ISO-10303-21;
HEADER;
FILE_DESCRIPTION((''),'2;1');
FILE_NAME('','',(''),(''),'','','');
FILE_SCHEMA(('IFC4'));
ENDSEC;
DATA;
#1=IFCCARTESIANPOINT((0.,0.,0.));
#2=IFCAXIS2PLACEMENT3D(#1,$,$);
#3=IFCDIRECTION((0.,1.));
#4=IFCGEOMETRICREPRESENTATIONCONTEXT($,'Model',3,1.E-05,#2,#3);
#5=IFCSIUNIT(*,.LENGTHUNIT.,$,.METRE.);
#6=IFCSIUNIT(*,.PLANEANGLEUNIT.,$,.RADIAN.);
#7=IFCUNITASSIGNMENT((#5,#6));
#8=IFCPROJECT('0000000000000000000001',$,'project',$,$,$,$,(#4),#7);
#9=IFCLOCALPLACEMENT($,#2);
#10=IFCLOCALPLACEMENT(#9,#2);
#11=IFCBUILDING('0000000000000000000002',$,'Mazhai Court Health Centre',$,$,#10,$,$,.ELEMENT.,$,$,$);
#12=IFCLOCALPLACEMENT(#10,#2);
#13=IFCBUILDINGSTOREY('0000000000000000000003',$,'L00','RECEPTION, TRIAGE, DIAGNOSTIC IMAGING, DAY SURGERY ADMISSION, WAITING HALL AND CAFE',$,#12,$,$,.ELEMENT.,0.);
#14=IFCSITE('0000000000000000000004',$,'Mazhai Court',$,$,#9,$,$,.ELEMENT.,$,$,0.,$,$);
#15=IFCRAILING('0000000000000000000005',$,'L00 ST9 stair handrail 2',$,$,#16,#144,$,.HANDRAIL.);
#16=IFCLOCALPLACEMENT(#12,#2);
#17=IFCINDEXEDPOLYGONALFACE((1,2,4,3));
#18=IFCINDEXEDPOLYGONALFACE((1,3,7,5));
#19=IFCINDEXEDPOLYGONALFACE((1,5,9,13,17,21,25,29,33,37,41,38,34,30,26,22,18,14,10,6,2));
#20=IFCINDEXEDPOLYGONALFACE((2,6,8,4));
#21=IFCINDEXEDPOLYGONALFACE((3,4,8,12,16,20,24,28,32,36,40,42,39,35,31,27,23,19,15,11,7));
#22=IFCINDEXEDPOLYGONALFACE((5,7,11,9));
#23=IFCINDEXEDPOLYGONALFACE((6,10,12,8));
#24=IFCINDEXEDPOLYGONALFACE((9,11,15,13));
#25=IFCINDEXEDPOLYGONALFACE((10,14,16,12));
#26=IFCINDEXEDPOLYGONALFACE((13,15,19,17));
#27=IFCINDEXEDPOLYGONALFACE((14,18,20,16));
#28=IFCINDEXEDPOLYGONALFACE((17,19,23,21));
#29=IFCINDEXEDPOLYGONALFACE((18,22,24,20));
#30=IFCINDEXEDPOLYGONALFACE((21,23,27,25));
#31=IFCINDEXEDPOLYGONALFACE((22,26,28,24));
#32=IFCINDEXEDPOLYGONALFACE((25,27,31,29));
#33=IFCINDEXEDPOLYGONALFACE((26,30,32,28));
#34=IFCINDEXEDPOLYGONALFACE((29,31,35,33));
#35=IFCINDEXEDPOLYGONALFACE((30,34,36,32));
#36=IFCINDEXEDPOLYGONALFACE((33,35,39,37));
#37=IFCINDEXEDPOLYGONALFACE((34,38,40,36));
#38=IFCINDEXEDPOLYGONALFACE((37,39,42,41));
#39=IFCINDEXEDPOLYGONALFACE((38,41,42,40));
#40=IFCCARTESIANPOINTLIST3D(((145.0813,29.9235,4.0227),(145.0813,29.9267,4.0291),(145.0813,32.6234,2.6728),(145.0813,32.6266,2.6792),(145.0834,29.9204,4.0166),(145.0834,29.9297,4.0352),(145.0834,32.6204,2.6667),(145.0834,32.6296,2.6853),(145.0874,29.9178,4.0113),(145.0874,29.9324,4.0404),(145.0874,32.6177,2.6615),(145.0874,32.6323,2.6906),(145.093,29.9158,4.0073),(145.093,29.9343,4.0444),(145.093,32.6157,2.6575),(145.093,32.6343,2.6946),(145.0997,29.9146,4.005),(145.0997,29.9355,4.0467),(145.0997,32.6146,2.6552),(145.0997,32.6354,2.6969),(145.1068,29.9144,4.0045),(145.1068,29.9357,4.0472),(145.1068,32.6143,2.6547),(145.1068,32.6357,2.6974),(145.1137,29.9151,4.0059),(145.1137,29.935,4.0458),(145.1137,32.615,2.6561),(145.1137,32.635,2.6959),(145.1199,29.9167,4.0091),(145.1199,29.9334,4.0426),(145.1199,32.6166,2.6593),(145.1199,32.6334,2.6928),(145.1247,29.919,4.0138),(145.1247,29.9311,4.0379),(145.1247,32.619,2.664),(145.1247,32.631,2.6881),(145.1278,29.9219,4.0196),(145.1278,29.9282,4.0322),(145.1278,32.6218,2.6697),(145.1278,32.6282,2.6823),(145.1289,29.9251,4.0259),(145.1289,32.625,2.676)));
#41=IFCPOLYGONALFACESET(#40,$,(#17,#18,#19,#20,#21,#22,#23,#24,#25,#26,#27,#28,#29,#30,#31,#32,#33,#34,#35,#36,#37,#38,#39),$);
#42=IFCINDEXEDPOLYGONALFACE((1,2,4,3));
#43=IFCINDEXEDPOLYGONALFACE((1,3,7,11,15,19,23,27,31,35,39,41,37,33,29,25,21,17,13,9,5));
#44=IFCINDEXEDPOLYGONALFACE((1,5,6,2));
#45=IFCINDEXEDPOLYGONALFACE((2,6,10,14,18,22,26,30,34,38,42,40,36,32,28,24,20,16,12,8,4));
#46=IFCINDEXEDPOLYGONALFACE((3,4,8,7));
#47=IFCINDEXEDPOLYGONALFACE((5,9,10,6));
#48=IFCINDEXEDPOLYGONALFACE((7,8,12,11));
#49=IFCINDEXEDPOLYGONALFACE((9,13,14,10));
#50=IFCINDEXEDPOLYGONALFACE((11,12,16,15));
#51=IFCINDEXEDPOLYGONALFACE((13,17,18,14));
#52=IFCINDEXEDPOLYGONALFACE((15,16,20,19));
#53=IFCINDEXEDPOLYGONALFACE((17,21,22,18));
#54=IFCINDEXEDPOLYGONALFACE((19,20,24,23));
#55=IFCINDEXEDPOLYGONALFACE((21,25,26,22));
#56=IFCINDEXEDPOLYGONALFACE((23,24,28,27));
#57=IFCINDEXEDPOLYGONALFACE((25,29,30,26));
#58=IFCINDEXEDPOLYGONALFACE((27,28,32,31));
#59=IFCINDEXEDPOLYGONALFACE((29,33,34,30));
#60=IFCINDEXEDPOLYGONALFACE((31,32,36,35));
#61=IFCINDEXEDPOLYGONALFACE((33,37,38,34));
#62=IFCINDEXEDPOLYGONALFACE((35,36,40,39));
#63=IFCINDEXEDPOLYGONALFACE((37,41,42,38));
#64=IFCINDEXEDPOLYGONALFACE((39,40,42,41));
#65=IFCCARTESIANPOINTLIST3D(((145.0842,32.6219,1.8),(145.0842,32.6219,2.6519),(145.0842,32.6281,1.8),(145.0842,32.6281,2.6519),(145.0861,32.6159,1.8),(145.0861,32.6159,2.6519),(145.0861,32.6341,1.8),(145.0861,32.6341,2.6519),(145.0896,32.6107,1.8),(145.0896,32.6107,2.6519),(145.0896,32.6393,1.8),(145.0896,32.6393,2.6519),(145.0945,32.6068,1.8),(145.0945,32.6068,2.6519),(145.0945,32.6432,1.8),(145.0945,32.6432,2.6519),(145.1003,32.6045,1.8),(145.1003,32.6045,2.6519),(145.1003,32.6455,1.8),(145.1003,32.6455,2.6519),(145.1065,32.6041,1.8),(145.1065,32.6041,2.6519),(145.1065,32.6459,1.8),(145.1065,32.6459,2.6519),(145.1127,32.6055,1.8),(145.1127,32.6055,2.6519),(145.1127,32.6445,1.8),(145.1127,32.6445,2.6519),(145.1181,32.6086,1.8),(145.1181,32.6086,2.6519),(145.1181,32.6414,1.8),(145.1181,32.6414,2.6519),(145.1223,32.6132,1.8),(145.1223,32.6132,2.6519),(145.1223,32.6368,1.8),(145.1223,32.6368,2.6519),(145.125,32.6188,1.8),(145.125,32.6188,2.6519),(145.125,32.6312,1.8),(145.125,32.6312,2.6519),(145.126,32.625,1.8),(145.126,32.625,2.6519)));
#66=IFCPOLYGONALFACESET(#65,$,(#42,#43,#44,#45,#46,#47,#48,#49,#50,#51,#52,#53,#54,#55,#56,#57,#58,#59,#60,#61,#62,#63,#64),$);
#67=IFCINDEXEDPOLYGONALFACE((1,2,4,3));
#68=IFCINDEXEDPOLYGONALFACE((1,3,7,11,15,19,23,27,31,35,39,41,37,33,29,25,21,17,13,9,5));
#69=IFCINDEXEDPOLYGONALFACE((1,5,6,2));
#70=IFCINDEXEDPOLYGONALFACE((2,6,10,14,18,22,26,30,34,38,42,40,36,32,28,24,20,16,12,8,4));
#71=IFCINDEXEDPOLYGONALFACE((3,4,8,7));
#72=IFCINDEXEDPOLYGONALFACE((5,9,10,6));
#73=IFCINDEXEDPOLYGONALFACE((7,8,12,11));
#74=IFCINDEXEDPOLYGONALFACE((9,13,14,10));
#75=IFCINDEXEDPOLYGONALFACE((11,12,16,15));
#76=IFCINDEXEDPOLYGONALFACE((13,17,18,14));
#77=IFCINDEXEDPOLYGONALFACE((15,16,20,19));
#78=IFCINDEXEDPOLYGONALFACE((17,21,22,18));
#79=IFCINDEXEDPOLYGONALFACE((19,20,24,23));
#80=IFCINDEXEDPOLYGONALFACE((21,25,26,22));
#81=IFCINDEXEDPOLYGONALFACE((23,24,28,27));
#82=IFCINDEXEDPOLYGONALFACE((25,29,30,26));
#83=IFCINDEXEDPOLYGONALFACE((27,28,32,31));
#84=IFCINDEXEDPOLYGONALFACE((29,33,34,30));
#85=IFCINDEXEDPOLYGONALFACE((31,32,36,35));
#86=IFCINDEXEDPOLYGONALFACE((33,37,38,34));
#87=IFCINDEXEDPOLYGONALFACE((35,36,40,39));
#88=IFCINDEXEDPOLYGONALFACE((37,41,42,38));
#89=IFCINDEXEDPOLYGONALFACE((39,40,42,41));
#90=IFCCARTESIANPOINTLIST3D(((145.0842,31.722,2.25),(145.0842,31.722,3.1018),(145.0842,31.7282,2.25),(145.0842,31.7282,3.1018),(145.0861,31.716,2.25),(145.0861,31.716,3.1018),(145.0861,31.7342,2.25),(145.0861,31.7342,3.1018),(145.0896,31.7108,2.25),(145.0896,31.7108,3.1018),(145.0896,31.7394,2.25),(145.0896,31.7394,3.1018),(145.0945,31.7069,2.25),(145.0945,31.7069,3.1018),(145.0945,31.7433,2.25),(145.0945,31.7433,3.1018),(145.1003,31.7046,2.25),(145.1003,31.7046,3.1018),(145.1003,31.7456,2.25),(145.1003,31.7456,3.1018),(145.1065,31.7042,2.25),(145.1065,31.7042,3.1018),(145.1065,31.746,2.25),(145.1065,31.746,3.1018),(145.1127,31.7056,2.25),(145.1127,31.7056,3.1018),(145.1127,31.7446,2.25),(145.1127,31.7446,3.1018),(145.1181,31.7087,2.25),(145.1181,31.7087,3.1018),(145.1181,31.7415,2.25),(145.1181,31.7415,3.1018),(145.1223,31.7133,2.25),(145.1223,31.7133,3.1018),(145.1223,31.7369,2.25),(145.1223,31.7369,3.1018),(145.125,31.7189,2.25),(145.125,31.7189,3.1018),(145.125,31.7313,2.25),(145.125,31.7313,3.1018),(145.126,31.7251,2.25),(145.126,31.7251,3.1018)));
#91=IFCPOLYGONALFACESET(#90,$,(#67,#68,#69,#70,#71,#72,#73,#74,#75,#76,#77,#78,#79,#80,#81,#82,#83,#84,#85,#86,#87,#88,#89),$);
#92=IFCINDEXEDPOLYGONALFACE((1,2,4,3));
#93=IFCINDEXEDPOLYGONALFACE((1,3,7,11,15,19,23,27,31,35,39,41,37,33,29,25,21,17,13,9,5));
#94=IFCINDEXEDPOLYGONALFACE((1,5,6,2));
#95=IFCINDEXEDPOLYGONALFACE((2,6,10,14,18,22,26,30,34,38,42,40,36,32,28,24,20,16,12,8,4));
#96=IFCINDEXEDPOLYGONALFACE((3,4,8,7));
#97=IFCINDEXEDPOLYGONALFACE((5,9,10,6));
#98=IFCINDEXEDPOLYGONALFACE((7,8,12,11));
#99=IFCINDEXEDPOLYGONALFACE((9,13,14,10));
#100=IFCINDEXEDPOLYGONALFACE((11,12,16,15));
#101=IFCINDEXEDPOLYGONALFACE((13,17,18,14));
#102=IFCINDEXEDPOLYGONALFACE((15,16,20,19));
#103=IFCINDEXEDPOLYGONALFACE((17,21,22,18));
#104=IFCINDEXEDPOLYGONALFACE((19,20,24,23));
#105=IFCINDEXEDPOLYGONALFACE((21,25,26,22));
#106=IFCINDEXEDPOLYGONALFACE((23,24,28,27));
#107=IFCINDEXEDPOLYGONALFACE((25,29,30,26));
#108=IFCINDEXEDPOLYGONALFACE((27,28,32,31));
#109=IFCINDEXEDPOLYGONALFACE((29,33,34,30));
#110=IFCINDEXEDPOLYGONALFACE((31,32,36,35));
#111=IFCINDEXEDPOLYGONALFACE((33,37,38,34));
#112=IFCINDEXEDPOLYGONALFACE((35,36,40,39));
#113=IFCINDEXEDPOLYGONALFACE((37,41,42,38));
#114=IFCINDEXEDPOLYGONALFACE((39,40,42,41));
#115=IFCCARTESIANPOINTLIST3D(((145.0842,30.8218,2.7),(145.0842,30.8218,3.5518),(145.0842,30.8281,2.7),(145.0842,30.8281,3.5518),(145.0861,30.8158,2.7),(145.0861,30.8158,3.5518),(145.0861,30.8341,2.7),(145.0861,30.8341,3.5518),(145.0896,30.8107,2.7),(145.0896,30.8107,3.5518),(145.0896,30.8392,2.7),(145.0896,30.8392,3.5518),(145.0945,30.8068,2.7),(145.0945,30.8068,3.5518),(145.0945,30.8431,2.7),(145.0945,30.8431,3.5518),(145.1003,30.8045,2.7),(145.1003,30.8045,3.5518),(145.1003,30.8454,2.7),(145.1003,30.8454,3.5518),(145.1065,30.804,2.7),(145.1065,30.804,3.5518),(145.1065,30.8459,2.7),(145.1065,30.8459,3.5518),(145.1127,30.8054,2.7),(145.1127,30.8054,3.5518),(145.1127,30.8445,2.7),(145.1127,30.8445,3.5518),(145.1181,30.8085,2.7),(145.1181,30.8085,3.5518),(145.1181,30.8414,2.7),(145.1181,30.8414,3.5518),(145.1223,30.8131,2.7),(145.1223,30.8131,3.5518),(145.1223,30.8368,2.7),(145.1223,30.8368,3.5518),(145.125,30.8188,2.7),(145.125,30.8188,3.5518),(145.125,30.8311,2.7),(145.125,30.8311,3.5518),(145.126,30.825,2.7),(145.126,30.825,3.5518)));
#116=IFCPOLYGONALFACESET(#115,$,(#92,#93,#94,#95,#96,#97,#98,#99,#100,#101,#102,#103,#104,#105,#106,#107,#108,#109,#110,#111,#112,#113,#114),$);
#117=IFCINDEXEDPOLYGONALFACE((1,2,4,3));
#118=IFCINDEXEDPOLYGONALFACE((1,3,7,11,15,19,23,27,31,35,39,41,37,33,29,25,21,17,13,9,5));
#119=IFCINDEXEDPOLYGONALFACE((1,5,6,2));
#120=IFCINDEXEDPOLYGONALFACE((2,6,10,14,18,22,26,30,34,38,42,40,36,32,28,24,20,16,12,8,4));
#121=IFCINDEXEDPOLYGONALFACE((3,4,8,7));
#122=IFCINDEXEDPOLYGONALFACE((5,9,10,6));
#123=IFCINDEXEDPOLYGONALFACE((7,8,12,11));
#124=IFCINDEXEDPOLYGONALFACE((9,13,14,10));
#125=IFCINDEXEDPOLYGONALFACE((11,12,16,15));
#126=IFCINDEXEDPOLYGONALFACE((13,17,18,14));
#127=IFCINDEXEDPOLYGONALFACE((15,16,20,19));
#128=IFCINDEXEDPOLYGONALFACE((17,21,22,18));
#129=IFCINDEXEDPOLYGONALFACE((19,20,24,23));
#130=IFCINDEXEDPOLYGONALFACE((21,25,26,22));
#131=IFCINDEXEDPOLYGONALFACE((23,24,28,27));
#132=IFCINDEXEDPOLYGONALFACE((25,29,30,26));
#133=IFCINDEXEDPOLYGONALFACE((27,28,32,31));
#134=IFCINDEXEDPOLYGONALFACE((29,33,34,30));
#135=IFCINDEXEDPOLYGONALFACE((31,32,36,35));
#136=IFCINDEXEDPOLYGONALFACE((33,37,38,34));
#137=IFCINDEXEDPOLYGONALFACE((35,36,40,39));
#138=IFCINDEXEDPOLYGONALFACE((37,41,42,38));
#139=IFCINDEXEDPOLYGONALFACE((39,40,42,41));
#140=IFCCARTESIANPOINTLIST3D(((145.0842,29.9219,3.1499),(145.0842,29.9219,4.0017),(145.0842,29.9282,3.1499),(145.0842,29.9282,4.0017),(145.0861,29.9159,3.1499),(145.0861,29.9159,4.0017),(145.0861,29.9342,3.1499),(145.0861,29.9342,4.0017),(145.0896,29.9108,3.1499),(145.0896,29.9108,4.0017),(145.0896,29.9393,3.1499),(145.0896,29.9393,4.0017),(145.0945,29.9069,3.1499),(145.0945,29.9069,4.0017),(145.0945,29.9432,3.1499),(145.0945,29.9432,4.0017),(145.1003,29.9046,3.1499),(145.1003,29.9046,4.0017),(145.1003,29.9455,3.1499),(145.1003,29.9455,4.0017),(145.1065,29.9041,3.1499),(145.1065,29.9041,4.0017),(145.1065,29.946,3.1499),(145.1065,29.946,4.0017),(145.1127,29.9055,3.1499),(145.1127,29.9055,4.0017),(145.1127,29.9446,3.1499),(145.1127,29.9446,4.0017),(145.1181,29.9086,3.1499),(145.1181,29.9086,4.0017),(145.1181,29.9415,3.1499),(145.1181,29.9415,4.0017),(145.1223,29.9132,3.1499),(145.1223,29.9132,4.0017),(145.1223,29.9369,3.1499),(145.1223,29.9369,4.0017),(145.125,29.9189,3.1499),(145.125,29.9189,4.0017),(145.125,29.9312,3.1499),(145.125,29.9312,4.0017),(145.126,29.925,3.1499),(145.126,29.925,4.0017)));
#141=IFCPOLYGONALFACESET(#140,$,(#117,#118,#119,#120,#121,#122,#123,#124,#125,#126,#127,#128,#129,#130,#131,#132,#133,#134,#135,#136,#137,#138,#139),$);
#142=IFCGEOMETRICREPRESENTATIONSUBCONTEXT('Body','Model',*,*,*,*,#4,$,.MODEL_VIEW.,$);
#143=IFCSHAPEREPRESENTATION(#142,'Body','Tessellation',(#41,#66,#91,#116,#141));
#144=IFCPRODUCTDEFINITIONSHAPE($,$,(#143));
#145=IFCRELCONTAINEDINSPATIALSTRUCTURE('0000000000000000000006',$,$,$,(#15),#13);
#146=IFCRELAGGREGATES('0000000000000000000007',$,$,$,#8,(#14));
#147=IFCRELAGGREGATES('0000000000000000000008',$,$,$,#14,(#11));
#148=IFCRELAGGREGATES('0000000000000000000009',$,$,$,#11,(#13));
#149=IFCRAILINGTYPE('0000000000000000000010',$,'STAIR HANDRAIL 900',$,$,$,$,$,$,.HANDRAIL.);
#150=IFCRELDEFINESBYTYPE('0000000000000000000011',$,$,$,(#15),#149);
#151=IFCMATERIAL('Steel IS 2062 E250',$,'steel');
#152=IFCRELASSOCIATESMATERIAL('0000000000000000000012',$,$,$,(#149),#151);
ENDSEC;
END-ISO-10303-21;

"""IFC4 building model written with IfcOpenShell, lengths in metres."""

from ifc_helpers import new_model, si_unit, direction, frame, origin, origin_2d, place, context, subcontext, project, spatial, circle, extrude, material, type_object, element, save


model = new_model("IFC4")

# Units and contexts
model_context = context("Model", 3, precision=1e-05, world=origin(), true_north=direction((0.0, 1.0)))
body_context = subcontext(model_context, "Body", "Model", "MODEL_VIEW")
ifc_project = project(units=[si_unit("LENGTHUNIT", "METRE"), si_unit("PLANEANGLEUNIT", "RADIAN")], contexts=[model_context])

# Site, building, storey
site_placement = place(None, origin())
site = spatial("IfcSite", under=ifc_project, at=site_placement, Name="Mazhai Court", CompositionType="ELEMENT", RefElevation=0.0)
building_placement = place(site_placement, origin())
building = spatial("IfcBuilding", under=site, at=building_placement, Name="Mazhai Court Health Centre", CompositionType="ELEMENT")
storey_placement = place(building_placement, origin())
storey = spatial("IfcBuildingStorey", under=building, at=storey_placement, Name="L00", Description="RECEPTION, TRIAGE, DIAGNOSTIC IMAGING, DAY SURGERY ADMISSION, WAITING HALL AND CAFE", CompositionType="ELEMENT", Elevation=0.0)

# Railing
ifc_material_1 = material(Name="Steel IS 2062 E250", Category="steel")
railing_type_1 = type_object("IfcRailingType", Name="STAIR HANDRAIL 900", PredefinedType="HANDRAIL", material=ifc_material_1)
railing_1_placement = place(storey_placement, frame((145.105, 32.625, 1.8)))
element("IfcRailing", 1, at=railing_1_placement, inside=storey, type_object=railing_type_1, Name="L00 ST9 stair handrail 2", PredefinedType="HANDRAIL", context=body_context, shape_type="SweptSolid", body=[
    extrude(circle(Radius=0.0239, at=origin_2d()), frame((0.0, 0.0, 0.876), z_axis=(0.0, -0.894443, 0.447181), x_axis=(1.0, 0.0, 0.0)), (0.0, 0.0, 1.0), 3.0186),
    extrude(circle(Radius=0.021, at=origin_2d()), origin(), (0.0, 0.0, 1.0), 0.8518),
    extrude(circle(Radius=0.021, at=origin_2d()), frame((0.0, -0.8999, 0.45)), (0.0, 0.0, 1.0), 0.8518),
    extrude(circle(Radius=0.021, at=origin_2d()), frame((0.0, -1.8, 0.8999)), (0.0, 0.0, 1.0), 0.8518),
    extrude(circle(Radius=0.021, at=origin_2d()), frame((0.0, -2.7, 1.3499)), (0.0, 0.0, 1.0), 0.8518),
])

save(model, "model.ifc")
